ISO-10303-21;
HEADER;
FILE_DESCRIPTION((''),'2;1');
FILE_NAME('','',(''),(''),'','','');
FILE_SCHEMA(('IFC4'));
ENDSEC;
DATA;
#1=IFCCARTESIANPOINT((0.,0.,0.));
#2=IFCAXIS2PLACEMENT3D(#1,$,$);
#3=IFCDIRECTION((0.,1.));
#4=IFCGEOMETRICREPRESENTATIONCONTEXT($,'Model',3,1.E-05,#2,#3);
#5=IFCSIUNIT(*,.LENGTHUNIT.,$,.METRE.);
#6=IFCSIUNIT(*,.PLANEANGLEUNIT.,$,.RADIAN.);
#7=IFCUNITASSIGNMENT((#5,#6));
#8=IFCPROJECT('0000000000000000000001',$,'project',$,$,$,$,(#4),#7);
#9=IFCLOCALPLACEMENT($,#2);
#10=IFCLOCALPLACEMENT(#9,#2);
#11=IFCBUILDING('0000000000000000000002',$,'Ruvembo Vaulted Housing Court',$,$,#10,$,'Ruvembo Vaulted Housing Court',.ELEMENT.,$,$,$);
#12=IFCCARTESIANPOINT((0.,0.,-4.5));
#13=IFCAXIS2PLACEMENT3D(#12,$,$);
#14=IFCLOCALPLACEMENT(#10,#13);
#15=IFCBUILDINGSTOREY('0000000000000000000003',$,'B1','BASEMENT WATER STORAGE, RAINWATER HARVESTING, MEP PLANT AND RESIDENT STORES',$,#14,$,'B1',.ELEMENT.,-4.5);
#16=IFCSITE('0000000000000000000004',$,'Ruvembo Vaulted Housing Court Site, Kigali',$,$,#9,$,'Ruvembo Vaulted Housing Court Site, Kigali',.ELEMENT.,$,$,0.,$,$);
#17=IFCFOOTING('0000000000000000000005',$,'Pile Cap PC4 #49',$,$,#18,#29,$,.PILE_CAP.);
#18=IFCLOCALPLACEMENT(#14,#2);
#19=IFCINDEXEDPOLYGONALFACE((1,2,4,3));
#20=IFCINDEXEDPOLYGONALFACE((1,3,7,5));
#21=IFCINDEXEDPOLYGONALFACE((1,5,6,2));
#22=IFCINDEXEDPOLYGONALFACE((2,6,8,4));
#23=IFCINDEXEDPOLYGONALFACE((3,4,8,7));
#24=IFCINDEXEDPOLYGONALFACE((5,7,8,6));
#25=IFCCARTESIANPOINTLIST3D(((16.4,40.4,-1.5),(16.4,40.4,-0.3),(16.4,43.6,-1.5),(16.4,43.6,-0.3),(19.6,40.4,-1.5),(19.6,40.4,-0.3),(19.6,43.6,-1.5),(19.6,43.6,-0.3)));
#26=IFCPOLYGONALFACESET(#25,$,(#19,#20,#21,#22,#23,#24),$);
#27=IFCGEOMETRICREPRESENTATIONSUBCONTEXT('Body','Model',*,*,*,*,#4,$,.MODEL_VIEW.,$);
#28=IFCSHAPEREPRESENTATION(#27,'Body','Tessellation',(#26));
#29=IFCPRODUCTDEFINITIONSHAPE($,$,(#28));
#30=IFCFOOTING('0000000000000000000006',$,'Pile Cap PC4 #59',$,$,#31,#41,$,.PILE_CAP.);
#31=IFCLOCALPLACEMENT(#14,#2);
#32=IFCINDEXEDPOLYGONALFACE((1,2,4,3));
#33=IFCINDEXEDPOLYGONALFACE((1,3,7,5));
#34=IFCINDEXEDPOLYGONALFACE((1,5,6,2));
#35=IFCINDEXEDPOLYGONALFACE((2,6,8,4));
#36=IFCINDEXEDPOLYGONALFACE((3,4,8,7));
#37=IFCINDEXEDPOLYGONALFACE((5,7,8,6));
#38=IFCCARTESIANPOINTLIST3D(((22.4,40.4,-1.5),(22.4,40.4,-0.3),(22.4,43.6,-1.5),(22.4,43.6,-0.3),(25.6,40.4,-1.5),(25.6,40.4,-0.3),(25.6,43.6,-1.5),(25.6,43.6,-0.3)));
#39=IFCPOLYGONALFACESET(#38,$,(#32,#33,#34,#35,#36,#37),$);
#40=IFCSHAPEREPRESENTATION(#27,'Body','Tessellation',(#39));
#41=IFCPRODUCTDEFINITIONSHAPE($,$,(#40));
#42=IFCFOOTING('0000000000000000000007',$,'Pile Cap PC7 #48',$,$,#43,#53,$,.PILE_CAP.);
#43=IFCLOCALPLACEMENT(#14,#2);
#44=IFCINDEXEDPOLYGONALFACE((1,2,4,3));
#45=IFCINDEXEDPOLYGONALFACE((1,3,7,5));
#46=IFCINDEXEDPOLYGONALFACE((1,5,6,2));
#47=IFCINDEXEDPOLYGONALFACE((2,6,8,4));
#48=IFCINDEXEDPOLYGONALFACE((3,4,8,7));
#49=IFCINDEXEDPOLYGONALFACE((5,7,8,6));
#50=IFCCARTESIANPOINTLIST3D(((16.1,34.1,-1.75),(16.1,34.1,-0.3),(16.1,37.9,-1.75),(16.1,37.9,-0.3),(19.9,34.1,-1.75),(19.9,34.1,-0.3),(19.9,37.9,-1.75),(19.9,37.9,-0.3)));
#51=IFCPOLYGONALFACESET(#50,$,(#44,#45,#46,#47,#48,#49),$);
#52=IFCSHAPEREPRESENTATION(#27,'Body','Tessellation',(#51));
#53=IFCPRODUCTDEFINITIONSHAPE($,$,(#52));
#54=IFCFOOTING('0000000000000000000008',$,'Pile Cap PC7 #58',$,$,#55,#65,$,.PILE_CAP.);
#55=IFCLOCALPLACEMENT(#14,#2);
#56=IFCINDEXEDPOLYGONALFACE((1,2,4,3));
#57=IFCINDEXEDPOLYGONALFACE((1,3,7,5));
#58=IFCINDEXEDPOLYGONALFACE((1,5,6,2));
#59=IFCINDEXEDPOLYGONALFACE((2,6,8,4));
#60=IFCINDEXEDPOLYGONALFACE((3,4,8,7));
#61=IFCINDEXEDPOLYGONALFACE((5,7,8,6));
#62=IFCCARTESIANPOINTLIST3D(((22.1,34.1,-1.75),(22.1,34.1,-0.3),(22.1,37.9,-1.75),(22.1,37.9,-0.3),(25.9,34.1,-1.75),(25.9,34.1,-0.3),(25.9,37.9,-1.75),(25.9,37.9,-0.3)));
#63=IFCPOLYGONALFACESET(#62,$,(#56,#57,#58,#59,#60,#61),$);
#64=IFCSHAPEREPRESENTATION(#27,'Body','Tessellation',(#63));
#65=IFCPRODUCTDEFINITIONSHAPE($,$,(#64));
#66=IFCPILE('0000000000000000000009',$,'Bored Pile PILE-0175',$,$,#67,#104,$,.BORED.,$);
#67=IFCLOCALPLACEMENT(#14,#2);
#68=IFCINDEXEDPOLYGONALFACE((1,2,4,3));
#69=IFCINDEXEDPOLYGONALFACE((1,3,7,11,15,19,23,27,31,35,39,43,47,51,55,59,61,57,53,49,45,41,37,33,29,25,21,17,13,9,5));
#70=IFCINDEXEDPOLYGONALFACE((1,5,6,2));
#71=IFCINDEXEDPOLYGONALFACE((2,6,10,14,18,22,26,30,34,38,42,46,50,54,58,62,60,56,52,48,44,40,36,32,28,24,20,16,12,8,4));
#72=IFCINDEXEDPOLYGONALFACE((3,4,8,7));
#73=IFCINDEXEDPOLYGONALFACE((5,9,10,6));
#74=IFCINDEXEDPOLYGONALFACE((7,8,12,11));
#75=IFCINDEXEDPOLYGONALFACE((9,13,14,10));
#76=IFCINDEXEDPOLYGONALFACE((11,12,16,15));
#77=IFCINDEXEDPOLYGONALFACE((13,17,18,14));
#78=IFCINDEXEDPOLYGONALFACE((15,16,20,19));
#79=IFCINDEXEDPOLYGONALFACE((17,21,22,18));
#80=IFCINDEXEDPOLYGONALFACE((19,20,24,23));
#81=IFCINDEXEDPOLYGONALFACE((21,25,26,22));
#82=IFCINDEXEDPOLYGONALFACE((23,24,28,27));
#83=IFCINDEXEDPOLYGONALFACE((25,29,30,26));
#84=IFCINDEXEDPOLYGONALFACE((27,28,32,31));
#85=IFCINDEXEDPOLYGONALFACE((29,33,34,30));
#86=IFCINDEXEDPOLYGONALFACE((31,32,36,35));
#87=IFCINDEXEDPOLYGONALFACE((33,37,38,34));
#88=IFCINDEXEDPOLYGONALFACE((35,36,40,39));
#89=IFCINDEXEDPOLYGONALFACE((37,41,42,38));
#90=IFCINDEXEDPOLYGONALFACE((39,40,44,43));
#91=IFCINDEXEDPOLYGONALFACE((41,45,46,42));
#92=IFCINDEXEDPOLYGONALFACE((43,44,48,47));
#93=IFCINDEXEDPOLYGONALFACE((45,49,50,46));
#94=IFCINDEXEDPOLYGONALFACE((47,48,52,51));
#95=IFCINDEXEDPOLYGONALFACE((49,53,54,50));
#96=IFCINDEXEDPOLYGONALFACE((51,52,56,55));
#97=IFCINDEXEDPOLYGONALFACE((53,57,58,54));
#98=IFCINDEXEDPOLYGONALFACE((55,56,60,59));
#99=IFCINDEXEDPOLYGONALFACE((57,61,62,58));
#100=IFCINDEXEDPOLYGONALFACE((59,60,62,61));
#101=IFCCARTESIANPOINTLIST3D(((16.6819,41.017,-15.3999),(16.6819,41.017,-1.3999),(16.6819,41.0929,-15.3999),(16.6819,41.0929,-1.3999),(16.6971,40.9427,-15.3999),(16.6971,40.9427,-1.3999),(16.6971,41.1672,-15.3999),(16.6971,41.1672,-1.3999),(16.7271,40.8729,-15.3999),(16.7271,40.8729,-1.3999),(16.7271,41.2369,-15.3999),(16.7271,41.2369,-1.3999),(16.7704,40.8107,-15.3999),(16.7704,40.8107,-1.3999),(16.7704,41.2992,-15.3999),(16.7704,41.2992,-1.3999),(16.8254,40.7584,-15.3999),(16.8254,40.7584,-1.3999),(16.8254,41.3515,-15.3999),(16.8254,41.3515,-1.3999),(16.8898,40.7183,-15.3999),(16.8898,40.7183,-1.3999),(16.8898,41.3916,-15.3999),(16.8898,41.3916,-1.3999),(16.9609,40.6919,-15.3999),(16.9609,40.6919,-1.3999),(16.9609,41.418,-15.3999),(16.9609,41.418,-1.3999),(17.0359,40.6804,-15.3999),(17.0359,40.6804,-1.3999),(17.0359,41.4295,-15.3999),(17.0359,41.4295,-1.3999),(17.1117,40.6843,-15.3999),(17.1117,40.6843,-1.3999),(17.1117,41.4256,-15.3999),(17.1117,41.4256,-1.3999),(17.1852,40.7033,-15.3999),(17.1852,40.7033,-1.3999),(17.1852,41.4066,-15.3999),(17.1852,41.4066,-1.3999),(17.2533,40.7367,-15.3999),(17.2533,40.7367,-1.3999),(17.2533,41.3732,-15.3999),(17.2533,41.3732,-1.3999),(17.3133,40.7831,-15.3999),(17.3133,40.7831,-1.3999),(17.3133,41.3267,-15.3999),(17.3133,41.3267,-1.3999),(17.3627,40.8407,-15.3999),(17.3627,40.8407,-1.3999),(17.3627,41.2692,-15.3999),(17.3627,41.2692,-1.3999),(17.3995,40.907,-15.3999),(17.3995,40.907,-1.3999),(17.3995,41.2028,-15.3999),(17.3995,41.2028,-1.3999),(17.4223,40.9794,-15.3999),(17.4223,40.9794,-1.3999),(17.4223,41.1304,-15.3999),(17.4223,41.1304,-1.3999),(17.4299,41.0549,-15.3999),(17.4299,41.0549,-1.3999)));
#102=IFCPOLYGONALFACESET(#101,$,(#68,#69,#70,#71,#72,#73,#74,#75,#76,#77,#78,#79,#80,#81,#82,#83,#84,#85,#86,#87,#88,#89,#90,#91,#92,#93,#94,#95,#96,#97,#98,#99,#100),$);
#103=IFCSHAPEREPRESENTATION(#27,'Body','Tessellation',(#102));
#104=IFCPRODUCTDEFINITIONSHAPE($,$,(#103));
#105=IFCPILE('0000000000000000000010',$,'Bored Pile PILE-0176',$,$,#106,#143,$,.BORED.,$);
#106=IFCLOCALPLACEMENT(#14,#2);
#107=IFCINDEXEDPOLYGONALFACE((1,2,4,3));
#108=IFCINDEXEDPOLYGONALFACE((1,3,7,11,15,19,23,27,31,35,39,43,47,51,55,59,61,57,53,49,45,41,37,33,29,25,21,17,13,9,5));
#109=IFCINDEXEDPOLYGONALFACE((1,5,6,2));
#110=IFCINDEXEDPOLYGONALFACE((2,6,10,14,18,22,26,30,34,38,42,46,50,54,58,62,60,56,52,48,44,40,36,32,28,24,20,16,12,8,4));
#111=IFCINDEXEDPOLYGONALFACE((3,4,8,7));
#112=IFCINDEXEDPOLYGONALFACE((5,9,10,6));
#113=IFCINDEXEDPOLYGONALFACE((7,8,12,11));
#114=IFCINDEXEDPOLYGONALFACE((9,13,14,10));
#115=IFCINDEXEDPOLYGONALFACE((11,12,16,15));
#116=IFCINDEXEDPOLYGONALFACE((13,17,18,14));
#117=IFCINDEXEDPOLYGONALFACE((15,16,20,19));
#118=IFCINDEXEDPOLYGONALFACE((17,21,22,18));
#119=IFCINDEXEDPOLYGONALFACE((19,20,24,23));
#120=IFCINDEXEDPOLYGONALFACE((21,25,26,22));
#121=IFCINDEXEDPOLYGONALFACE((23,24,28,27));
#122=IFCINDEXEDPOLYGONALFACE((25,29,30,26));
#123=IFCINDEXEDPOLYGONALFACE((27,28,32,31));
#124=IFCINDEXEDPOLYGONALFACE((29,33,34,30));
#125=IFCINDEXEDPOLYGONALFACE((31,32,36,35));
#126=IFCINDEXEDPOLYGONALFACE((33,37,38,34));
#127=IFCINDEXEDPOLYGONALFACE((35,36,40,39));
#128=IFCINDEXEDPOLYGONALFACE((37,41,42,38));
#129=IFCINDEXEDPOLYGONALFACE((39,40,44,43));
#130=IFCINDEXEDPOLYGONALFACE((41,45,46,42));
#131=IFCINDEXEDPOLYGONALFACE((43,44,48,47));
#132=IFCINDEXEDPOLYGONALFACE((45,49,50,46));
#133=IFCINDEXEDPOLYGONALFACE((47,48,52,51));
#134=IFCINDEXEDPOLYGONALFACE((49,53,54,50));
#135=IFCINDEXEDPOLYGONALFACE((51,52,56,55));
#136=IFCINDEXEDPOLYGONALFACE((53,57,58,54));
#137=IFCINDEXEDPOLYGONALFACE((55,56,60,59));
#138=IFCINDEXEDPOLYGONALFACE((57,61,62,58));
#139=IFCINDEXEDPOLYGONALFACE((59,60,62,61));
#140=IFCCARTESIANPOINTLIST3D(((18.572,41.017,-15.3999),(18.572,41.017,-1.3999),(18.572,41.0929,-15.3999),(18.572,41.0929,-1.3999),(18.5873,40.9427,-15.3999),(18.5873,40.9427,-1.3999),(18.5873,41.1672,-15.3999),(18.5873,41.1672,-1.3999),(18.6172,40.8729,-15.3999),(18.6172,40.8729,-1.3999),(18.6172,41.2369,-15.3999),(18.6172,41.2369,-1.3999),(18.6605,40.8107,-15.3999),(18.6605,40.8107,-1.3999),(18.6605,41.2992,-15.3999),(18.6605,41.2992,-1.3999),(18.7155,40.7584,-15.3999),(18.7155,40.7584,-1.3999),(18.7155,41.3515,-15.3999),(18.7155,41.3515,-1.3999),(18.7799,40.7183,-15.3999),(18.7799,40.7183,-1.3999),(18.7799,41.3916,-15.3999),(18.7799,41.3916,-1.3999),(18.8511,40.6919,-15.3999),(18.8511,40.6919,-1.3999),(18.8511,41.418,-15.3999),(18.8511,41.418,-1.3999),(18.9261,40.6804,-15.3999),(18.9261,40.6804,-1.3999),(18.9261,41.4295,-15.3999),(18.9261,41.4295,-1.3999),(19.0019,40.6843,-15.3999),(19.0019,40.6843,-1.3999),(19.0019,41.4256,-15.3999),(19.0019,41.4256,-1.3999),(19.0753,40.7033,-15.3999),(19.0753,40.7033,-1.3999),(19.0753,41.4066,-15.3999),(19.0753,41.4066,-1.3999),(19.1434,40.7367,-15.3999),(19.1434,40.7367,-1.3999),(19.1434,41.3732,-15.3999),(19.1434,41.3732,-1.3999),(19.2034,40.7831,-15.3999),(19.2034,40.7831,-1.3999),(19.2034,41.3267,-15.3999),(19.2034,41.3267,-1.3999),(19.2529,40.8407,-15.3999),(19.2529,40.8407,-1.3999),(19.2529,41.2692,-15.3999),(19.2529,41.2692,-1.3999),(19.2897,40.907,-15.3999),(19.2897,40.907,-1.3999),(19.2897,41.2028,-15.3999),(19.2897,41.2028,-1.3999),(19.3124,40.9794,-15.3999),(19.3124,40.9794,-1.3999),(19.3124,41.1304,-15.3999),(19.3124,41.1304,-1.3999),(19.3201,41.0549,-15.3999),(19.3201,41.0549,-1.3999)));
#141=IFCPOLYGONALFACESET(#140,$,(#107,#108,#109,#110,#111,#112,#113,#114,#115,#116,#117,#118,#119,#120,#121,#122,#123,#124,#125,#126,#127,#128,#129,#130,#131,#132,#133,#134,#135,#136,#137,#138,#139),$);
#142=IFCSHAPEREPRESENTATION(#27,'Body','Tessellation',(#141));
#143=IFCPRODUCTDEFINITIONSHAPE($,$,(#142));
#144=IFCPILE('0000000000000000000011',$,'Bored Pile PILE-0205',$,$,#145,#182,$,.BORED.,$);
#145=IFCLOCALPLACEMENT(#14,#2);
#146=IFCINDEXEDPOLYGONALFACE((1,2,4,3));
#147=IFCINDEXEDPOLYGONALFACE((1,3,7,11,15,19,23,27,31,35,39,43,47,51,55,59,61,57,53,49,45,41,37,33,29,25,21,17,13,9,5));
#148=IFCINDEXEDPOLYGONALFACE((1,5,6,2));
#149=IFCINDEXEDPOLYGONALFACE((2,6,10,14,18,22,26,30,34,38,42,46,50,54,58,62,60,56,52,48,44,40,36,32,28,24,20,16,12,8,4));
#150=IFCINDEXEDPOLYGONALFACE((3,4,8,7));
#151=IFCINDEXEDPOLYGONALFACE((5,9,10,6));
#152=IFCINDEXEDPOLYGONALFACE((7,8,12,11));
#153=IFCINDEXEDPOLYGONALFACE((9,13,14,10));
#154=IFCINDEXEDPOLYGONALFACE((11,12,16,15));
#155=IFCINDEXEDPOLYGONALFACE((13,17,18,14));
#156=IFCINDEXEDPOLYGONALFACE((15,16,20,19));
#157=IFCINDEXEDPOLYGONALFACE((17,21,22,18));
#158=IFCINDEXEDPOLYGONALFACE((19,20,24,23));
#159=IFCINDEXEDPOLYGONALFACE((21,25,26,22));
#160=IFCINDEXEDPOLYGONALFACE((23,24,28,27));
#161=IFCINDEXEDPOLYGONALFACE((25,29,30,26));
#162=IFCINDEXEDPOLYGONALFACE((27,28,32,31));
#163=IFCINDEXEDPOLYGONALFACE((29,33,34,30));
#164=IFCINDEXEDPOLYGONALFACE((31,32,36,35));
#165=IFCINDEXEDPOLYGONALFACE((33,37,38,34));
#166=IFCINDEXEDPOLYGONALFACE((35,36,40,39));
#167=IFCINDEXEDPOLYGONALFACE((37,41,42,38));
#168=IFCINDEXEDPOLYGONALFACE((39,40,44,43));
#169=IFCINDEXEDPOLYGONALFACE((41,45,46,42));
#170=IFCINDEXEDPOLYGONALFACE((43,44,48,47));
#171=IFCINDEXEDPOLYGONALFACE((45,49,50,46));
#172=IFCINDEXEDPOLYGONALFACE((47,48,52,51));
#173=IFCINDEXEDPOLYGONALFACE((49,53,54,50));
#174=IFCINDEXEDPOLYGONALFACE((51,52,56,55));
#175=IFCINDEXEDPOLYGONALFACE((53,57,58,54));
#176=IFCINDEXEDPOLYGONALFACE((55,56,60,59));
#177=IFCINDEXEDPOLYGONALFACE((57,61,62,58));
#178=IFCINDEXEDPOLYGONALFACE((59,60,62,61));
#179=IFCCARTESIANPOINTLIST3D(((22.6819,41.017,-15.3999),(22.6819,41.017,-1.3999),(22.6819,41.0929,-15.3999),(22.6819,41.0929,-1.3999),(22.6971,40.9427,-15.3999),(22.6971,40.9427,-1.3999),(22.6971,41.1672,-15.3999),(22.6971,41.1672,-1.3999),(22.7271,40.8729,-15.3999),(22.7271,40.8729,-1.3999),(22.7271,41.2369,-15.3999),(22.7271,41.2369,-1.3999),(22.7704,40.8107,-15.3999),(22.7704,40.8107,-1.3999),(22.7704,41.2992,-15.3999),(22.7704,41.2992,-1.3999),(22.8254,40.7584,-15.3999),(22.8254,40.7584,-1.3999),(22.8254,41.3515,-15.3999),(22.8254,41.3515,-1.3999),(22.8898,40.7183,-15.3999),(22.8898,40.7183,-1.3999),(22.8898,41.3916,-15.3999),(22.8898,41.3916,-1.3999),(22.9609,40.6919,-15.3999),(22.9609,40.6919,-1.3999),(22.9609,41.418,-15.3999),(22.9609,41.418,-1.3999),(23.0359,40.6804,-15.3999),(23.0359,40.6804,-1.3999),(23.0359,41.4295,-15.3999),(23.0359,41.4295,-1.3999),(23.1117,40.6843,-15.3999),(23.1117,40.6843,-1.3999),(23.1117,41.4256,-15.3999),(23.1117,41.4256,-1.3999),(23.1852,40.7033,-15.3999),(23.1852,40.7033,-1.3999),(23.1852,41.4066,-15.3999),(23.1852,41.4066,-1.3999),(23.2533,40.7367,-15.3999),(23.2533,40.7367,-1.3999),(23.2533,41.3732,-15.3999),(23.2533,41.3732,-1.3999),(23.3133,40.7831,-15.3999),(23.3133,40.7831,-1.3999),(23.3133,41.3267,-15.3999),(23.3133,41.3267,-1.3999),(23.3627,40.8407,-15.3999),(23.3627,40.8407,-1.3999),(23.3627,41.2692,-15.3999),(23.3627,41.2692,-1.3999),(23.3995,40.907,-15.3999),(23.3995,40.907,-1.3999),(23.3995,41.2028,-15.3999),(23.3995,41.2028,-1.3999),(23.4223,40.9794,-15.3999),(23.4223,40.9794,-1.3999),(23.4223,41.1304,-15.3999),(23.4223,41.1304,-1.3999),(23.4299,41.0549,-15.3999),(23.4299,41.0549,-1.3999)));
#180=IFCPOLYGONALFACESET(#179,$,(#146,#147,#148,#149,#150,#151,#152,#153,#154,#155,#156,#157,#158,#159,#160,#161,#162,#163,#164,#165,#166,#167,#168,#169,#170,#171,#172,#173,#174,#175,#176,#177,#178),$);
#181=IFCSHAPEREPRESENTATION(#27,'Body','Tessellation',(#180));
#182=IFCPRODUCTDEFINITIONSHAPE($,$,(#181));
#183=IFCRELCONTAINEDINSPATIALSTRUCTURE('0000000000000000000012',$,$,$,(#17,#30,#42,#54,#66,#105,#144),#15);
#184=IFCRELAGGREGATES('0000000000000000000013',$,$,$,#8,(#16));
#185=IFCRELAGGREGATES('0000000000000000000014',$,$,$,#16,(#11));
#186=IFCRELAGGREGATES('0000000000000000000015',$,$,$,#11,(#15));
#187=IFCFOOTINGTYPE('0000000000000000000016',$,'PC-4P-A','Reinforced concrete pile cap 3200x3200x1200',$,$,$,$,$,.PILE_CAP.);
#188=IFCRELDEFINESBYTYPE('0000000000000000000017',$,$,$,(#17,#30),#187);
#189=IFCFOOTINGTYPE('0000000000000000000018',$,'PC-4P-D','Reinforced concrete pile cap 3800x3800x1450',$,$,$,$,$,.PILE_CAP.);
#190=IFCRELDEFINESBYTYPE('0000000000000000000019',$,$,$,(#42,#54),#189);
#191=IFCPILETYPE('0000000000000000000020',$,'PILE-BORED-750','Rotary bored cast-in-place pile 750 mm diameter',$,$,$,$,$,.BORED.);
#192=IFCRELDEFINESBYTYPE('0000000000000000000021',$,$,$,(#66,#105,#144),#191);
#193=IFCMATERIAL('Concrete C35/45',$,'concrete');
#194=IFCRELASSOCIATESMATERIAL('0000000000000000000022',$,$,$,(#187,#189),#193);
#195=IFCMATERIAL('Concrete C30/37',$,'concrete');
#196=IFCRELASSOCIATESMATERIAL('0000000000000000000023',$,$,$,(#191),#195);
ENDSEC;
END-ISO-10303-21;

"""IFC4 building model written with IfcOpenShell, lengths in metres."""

from ifc_helpers import new_model, si_unit, direction, frame, origin, origin_2d, place, context, subcontext, project, spatial, rectangle, circle, extrude, material, material_profile, profile_set, type_object, element, save


model = new_model("IFC4")

# Units and contexts
model_context = context("Model", 3, precision=1e-05, world=origin(), true_north=direction((0.0, 1.0)))
body_context = subcontext(model_context, "Body", "Model", "MODEL_VIEW")
ifc_project = project(units=[si_unit("LENGTHUNIT", "METRE"), si_unit("PLANEANGLEUNIT", "RADIAN")], contexts=[model_context])

# Site, building, storey
site_placement = place(None, origin())
site = spatial("IfcSite", under=ifc_project, at=site_placement, Name="Ruvembo Vaulted Housing Court Site, Kigali", LongName="Ruvembo Vaulted Housing Court Site, Kigali", CompositionType="ELEMENT", RefElevation=0.0)
building_placement = place(site_placement, origin())
building = spatial("IfcBuilding", under=site, at=building_placement, Name="Ruvembo Vaulted Housing Court", LongName="Ruvembo Vaulted Housing Court", CompositionType="ELEMENT")
storey_placement = place(building_placement, frame((0.0, 0.0, -4.5)))
storey = spatial("IfcBuildingStorey", under=building, at=storey_placement, Name="B1", Description="BASEMENT WATER STORAGE, RAINWATER HARVESTING, MEP PLANT AND RESIDENT STORES", LongName="B1", CompositionType="ELEMENT", Elevation=-4.5)

# Footings
ifc_material_1 = material(Name="Concrete C35/45", Category="concrete")
footing_type_1 = type_object("IfcFootingType", Name="PC-4P-A", Description="Reinforced concrete pile cap 3200x3200x1200", PredefinedType="PILE_CAP", material=ifc_material_1)
for number, where, z_axis, x_axis, name in (
    (1, (18.0, 42.0, -1.5), (0.0, 0.0, 1.0), (1.0, 0.0, 0.0), "Pile Cap PC4 #49"),
    (2, (24.0, 42.0, -1.5), (0.0, 0.0, 1.0), (1.0, 0.0, 0.0), "Pile Cap PC4 #59"),
):
    element("IfcFooting", number, at=place(storey_placement, frame(where, z_axis=z_axis, x_axis=x_axis)), inside=storey, type_object=footing_type_1, Name=name, PredefinedType="PILE_CAP", context=body_context, shape_type="SweptSolid", body=[
        extrude(rectangle(XDim=3.2, YDim=3.2, at=origin_2d()), origin(), (0.0, 0.0, 1.0), 1.2),
    ])
footing_type_2 = type_object("IfcFootingType", Name="PC-4P-D", Description="Reinforced concrete pile cap 3800x3800x1450", PredefinedType="PILE_CAP", material=ifc_material_1)
for number, where, z_axis, x_axis, name in (
    (3, (18.0, 36.0, -1.75), (0.0, 0.0, 1.0), (1.0, 0.0, 0.0), "Pile Cap PC7 #48"),
    (4, (24.0, 36.0, -1.75), (0.0, 0.0, 1.0), (1.0, 0.0, 0.0), "Pile Cap PC7 #58"),
):
    element("IfcFooting", number, at=place(storey_placement, frame(where, z_axis=z_axis, x_axis=x_axis)), inside=storey, type_object=footing_type_2, Name=name, PredefinedType="PILE_CAP", context=body_context, shape_type="SweptSolid", body=[
        extrude(rectangle(XDim=3.8, YDim=3.8, at=origin_2d()), origin(), (0.0, 0.0, 1.0), 1.45),
    ])

# Piles
ifc_material_2 = material(Name="Concrete C30/37", Category="concrete")
ifc_material_profile_1 = material_profile(ifc_material_2, circle(Radius=0.375, at=origin_2d()), Name="PILE D750")
ifc_profile_set_1 = profile_set([ifc_material_profile_1], Name="Concrete C30/37")
pile_type_1 = type_object("IfcPileType", Name="PILE-BORED-750", Description="Rotary bored cast-in-place pile 750 mm diameter", PredefinedType="BORED", material=ifc_profile_set_1)
for number, where, z_axis, x_axis, name in (
    (5, (17.0549, 41.0549, -1.3999), (0.0, 0.0, -1.0), (1.0, 0.0, 0.0), "Bored Pile PILE-0175"),
    (6, (18.9451, 41.0549, -1.3999), (0.0, 0.0, -1.0), (1.0, 0.0, 0.0), "Bored Pile PILE-0176"),
    (7, (23.0549, 41.0549, -1.3999), (0.0, 0.0, -1.0), (1.0, 0.0, 0.0), "Bored Pile PILE-0205"),
):
    element("IfcPile", number, at=place(storey_placement, frame(where, z_axis=z_axis, x_axis=x_axis)), inside=storey, type_object=pile_type_1, Name=name, PredefinedType="BORED", context=body_context, shape_type="SweptSolid", body=[
        extrude(circle(Radius=0.375, at=origin_2d()), origin(), (0.0, 0.0, 1.0), 14.0),
    ])

save(model, "model.ifc")
